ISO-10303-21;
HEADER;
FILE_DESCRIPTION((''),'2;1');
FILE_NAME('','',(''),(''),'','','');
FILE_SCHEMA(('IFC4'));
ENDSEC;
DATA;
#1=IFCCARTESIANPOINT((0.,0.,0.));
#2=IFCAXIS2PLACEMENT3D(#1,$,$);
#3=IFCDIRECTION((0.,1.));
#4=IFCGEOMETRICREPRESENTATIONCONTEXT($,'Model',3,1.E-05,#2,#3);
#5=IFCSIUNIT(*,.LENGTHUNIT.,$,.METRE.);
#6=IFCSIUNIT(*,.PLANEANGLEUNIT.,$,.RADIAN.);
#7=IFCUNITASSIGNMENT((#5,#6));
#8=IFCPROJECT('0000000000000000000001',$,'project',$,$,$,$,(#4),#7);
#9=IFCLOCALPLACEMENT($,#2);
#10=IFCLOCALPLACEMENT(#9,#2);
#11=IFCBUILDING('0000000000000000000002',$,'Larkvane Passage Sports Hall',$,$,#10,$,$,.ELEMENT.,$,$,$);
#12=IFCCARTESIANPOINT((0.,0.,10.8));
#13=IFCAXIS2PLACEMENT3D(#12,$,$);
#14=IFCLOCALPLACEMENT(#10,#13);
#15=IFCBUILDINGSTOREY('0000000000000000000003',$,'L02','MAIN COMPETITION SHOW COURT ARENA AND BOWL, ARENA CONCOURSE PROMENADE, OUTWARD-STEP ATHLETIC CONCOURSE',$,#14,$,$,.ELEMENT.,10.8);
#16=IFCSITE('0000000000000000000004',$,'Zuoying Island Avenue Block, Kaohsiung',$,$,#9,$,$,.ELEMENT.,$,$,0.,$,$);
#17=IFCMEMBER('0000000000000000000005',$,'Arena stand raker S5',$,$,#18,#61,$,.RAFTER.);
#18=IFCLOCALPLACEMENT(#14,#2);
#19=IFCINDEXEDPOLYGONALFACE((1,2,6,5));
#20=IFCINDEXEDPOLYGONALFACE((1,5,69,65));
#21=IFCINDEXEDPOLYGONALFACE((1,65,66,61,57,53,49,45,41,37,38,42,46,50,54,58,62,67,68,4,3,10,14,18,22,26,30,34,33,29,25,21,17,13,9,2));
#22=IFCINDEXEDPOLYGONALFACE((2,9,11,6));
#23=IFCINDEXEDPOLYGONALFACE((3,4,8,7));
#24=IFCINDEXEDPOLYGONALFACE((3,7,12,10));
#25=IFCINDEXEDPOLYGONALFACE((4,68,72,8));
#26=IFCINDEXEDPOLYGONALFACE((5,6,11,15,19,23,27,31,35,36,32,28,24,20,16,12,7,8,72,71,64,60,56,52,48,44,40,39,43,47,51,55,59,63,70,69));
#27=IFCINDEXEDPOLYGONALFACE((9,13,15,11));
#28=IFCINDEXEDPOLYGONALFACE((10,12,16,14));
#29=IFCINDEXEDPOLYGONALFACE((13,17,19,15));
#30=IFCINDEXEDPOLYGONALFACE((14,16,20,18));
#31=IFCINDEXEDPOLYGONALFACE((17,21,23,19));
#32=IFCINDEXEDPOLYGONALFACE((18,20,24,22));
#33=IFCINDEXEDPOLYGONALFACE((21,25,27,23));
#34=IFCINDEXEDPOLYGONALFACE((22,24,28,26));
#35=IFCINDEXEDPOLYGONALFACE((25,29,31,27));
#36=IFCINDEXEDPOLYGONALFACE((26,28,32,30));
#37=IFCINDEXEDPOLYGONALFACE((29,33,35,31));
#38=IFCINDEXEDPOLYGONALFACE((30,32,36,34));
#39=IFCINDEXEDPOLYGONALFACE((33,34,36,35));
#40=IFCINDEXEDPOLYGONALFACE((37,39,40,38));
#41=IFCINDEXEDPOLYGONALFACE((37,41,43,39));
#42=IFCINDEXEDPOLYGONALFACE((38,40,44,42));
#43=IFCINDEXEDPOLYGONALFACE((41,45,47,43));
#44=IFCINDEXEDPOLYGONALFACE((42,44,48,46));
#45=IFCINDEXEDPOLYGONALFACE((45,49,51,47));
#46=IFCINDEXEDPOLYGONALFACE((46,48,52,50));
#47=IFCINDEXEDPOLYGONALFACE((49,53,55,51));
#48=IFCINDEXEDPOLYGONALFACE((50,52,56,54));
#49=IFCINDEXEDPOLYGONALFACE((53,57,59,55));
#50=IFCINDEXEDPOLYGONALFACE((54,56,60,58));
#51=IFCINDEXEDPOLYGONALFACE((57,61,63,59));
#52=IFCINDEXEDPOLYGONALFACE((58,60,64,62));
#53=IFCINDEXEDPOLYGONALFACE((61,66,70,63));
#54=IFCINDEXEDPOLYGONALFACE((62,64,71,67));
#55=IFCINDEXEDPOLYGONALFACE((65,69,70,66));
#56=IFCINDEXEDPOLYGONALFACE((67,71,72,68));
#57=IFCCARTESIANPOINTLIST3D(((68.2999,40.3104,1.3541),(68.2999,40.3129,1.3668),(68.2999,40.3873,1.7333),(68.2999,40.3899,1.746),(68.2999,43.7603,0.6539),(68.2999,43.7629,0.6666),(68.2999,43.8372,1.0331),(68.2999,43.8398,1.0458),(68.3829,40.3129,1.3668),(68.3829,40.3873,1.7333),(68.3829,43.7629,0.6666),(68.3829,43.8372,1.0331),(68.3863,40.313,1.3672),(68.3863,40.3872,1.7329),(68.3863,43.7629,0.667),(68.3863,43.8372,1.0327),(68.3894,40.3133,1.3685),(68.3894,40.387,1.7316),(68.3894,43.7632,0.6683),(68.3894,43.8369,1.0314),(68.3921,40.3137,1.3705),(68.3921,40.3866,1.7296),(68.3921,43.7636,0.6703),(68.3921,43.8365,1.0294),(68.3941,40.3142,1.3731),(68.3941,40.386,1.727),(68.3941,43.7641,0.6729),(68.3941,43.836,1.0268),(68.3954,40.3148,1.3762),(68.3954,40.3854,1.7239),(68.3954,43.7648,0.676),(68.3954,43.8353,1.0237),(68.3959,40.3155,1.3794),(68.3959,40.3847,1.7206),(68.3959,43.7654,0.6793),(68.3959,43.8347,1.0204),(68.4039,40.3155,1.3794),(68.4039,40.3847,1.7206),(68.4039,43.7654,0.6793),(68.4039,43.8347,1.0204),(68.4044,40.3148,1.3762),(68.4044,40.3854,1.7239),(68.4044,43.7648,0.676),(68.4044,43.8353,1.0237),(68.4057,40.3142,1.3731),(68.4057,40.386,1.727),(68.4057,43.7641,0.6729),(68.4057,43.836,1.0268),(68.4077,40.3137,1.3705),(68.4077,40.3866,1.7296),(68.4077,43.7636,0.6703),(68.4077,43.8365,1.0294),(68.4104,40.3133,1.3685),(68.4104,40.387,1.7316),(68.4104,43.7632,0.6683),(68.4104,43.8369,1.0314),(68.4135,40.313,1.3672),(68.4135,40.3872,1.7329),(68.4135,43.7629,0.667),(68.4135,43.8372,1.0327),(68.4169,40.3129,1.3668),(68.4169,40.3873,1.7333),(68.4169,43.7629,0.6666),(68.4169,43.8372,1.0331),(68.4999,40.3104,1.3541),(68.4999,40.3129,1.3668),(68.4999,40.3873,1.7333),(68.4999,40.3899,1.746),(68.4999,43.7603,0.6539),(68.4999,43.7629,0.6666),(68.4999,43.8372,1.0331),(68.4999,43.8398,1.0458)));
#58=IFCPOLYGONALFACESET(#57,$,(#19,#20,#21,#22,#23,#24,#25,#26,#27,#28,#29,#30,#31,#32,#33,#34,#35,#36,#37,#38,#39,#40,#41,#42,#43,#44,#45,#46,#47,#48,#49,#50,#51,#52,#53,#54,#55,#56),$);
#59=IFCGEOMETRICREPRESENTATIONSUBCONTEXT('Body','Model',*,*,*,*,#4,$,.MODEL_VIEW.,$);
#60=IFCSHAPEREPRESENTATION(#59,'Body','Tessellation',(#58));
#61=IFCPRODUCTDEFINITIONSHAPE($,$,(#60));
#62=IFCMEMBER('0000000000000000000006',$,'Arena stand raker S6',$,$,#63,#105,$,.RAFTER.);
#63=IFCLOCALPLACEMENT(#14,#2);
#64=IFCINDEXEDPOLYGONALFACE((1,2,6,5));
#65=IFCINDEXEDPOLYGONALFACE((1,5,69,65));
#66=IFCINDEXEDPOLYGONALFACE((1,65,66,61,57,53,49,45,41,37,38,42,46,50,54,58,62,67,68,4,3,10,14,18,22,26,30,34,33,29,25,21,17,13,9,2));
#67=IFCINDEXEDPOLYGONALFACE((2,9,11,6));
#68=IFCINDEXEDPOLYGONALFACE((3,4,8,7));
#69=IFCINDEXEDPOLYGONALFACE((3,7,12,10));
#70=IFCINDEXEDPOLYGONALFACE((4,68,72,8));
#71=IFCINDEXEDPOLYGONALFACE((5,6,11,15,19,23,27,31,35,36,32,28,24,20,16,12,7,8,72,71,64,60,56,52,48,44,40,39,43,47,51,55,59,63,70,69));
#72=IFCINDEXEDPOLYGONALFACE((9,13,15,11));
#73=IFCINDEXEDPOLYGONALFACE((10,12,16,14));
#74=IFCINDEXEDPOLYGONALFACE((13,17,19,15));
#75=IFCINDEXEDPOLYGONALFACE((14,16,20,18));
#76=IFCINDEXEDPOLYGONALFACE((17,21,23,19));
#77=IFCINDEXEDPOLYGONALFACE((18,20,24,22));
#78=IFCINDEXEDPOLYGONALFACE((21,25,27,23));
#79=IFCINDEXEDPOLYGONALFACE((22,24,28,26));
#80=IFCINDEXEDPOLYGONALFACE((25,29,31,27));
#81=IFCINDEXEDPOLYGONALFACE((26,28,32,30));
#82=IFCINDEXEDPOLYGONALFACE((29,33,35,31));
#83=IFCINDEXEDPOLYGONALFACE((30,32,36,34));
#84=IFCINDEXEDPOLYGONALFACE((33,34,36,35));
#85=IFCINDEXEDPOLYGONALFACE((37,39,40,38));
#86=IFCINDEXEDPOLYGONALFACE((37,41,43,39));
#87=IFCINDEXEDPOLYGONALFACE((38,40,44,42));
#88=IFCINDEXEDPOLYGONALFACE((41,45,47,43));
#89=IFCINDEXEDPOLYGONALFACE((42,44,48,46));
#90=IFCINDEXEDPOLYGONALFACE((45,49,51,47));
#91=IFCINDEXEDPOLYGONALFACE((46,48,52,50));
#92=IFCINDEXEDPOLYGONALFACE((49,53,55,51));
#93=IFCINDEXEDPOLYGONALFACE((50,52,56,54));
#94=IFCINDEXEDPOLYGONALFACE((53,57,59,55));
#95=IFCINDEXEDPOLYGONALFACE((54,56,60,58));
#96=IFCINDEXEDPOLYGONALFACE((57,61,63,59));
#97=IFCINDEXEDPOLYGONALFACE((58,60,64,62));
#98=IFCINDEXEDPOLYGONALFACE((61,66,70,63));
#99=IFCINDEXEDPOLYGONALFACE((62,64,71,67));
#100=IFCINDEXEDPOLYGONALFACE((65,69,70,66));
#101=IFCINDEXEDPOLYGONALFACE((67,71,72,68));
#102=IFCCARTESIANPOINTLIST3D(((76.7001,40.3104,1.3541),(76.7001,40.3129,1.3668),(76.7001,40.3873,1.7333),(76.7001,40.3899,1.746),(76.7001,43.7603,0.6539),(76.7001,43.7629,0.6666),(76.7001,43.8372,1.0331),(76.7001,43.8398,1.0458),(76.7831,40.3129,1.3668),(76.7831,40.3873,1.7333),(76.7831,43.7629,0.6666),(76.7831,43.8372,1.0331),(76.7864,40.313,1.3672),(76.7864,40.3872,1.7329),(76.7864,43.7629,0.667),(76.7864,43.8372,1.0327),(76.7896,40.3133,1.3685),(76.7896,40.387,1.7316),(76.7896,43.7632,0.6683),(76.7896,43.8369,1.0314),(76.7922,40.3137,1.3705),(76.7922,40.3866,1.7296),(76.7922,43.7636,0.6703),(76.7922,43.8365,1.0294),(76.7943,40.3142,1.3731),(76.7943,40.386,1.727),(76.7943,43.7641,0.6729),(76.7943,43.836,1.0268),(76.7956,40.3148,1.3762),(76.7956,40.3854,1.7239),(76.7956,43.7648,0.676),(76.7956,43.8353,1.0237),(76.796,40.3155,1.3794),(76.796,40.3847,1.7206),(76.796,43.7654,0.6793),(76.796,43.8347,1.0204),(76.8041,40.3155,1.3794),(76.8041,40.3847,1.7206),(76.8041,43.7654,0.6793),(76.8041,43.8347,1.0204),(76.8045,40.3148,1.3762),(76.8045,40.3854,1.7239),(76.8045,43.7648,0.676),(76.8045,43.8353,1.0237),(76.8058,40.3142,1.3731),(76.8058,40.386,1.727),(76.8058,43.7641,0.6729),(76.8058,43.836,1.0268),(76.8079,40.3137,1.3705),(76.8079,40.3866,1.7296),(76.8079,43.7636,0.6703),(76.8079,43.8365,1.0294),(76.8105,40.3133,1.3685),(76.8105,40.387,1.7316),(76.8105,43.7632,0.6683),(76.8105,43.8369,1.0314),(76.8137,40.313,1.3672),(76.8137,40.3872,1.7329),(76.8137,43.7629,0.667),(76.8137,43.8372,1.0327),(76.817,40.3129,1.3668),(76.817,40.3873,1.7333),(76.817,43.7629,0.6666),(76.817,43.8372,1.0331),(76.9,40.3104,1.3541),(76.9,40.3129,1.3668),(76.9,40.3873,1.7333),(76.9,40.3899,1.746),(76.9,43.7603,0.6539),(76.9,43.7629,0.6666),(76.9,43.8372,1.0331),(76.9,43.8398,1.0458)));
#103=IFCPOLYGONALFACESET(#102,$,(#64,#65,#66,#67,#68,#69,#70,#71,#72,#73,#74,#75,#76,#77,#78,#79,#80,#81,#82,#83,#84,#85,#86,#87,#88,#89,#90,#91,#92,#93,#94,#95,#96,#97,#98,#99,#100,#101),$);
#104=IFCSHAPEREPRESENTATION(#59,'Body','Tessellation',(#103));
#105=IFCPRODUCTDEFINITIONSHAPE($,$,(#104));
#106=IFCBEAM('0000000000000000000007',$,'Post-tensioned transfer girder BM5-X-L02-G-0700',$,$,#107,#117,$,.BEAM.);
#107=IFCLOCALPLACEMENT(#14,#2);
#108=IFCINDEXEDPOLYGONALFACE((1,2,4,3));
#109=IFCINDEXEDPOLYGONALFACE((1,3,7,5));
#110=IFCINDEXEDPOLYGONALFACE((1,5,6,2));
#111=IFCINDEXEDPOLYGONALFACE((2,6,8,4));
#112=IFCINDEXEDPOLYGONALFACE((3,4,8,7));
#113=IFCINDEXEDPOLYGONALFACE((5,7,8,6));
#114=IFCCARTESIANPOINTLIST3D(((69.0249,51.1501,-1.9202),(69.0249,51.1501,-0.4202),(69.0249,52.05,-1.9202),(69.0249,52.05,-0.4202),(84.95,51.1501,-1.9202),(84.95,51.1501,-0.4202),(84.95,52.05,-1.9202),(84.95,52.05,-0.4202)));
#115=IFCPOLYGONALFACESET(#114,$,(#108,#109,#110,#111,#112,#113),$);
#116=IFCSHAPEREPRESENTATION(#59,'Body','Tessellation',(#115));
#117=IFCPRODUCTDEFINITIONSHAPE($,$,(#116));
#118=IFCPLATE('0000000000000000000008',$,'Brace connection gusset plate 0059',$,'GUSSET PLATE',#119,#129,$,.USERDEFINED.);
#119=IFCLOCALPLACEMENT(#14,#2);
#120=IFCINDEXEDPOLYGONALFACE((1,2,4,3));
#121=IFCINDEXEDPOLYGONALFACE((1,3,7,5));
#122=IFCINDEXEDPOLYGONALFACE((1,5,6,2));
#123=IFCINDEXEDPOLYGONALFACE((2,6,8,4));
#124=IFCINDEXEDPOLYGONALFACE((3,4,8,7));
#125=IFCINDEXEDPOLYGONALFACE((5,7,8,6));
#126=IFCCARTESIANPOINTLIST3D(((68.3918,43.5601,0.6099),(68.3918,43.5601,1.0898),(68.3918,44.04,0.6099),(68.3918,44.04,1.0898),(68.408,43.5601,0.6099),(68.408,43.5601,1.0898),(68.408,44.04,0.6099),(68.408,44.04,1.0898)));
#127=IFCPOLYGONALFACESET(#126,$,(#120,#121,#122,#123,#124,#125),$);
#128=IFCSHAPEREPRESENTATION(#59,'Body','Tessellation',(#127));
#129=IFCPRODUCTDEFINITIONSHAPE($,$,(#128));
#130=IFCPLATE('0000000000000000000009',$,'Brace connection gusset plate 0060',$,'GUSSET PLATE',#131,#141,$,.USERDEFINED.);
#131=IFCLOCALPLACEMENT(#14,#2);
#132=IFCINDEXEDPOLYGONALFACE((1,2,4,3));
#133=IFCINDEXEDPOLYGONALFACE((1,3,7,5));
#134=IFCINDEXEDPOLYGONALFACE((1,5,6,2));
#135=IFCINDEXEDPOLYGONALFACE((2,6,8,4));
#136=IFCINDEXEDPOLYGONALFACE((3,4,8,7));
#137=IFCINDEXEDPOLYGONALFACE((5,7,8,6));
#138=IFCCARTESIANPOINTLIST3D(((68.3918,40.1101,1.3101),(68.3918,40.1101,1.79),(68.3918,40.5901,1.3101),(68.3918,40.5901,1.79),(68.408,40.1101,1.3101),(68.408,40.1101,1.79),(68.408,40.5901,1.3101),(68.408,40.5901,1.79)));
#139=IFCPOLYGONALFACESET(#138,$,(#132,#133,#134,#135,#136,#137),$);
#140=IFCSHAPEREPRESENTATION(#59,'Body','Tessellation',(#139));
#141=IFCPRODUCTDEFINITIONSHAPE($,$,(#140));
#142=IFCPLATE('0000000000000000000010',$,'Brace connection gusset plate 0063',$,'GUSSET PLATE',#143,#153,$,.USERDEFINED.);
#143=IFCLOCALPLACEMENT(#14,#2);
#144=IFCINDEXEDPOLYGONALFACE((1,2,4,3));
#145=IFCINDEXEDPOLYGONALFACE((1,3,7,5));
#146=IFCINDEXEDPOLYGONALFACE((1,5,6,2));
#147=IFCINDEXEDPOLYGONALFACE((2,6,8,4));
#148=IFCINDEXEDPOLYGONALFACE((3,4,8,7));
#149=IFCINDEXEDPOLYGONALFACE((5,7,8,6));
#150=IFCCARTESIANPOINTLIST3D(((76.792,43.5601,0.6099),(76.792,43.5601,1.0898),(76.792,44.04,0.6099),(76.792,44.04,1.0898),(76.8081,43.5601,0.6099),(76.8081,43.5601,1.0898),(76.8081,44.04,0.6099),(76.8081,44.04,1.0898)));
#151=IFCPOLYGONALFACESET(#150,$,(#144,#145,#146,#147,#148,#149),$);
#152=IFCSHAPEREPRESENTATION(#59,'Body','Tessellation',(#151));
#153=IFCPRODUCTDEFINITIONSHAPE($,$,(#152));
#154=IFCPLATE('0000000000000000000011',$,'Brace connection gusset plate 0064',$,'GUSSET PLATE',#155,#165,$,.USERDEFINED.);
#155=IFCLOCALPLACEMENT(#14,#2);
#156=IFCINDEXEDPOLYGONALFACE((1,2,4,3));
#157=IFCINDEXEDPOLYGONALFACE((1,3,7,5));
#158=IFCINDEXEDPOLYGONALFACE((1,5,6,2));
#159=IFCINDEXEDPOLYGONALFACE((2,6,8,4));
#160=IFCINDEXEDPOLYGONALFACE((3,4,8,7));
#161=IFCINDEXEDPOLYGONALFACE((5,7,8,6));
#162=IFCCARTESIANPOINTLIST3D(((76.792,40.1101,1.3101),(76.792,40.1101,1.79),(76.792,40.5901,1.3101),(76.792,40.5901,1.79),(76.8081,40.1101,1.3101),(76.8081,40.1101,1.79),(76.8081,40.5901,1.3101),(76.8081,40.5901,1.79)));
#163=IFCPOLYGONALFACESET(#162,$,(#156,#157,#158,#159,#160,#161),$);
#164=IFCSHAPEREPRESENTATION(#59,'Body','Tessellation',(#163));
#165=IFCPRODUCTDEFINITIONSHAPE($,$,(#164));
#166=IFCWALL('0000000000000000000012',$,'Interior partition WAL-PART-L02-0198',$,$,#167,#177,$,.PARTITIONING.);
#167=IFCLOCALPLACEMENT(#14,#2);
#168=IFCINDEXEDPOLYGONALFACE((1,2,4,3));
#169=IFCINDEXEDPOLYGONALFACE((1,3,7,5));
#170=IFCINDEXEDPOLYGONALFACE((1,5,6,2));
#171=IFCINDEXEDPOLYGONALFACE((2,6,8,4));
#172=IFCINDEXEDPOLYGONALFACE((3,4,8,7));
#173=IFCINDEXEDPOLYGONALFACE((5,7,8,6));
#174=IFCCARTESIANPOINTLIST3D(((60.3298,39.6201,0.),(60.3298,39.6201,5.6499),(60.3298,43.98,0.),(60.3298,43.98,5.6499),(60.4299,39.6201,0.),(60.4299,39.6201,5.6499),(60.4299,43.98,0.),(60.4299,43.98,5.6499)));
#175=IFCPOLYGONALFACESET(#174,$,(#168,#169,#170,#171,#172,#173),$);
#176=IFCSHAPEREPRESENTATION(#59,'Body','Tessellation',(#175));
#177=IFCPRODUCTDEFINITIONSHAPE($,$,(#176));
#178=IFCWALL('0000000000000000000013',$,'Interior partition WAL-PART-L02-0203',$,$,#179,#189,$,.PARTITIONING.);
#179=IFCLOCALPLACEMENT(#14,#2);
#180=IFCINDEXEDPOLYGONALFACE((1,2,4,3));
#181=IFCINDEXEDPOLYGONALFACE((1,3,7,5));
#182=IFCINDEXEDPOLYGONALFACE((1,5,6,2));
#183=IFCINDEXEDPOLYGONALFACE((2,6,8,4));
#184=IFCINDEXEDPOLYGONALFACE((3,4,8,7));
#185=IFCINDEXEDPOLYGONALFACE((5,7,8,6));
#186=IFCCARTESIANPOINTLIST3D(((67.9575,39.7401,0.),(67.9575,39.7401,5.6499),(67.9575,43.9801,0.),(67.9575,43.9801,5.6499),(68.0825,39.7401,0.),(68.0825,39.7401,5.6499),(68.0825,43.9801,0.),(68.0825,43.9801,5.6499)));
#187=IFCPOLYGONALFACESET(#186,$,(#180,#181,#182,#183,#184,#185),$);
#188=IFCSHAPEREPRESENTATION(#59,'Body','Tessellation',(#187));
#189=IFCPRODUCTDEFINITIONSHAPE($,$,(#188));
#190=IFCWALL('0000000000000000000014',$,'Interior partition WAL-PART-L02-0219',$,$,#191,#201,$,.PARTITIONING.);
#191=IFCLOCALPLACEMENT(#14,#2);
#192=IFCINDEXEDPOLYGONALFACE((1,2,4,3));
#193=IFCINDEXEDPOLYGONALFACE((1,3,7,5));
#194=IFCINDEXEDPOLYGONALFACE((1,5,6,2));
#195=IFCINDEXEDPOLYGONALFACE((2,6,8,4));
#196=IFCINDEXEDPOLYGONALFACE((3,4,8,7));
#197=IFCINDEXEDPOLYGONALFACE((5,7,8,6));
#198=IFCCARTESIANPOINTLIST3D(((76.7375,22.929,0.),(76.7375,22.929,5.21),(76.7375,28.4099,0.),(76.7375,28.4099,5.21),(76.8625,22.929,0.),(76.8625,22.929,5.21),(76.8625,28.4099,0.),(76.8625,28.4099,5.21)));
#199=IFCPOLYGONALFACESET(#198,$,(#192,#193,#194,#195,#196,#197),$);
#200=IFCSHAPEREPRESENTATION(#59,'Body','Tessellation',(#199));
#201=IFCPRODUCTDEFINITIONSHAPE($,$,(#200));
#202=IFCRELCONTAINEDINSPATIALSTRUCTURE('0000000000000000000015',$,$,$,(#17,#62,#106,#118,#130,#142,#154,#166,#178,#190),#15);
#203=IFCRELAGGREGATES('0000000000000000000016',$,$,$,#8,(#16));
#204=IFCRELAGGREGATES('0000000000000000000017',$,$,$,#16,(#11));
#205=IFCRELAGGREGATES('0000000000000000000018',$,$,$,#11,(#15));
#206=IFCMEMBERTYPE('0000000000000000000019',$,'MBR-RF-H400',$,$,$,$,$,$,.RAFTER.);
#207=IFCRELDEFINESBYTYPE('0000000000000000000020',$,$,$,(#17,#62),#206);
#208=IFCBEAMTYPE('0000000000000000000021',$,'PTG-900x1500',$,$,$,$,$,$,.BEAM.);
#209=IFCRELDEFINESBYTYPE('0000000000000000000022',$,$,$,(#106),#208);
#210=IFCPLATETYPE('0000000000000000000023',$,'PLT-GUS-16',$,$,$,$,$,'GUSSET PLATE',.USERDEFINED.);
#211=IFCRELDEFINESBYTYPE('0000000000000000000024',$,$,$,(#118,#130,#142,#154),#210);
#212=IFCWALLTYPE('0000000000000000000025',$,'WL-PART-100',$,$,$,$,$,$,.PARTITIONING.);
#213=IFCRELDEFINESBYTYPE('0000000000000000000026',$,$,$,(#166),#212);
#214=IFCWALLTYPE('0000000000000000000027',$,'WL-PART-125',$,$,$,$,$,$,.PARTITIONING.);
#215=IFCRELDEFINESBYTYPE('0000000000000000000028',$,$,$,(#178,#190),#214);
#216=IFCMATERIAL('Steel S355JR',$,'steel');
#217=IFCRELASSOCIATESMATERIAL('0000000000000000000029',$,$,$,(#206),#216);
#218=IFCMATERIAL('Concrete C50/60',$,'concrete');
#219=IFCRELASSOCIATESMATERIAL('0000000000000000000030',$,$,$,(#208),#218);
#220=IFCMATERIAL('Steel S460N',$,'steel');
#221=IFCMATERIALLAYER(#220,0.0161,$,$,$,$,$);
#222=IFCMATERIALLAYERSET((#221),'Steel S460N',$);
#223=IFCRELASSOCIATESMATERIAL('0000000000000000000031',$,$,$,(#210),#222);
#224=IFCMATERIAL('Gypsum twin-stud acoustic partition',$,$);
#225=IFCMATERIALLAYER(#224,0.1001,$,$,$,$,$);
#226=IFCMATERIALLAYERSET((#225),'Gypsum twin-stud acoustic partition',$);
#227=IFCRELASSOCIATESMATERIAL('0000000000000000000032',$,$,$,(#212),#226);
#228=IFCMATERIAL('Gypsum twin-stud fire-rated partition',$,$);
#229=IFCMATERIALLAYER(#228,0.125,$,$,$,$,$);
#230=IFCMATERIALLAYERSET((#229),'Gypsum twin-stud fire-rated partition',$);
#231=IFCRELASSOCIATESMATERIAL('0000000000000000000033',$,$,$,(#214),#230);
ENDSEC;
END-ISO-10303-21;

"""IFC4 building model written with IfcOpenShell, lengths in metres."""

from ifc_helpers import new_model, si_unit, direction, frame, frame_2d, origin, origin_2d, place, context, subcontext, project, spatial, rectangle, i_section, extrude, material, layer, layer_set, material_profile, profile_set, type_object, element, save


model = new_model("IFC4")

# Units and contexts
model_context = context("Model", 3, precision=1e-05, world=origin(), true_north=direction((0.0, 1.0)))
body_context = subcontext(model_context, "Body", "Model", "MODEL_VIEW")
ifc_project = project(units=[si_unit("LENGTHUNIT", "METRE"), si_unit("PLANEANGLEUNIT", "RADIAN")], contexts=[model_context])

# Site, building, storey
site_placement = place(None, origin())
site = spatial("IfcSite", under=ifc_project, at=site_placement, Name="Zuoying Island Avenue Block, Kaohsiung", CompositionType="ELEMENT", RefElevation=0.0)
building_placement = place(site_placement, origin())
building = spatial("IfcBuilding", under=site, at=building_placement, Name="Larkvane Passage Sports Hall", CompositionType="ELEMENT")
storey_placement = place(building_placement, frame((0.0, 0.0, 10.8)))
storey = spatial("IfcBuildingStorey", under=building, at=storey_placement, Name="L02", Description="MAIN COMPETITION SHOW COURT ARENA AND BOWL, ARENA CONCOURSE PROMENADE, OUTWARD-STEP ATHLETIC CONCOURSE", CompositionType="ELEMENT", Elevation=10.8)

# Shared definitions
ifc_material_1 = material(Name="Steel S355JR", Category="steel")

# Shared definitions
ifc_material_2 = material(Name="Steel S460N", Category="steel")

# Members
ifc_material_profile_1 = material_profile(ifc_material_1, i_section(OverallWidth=0.2, OverallDepth=0.3999, WebThickness=0.0081, FlangeThickness=0.0129, FilletRadius=0.0129, at=origin_2d()), Name="H-400x200x8x13")
ifc_profile_set_1 = profile_set([ifc_material_profile_1], Name="Steel S355JR")
member_type = type_object("IfcMemberType", Name="MBR-RF-H400", PredefinedType="RAFTER", material=ifc_profile_set_1)
for number, where, z_axis, x_axis, name in (
    (1, (68.3999, 43.8, 0.8499), (0.0, -0.980019, 0.198903), (1.0, 0.0, 0.0), "Arena stand raker S5"),
    (2, (76.8, 43.8, 0.8499), (0.0, -0.980019, 0.198903), (1.0, 0.0, 0.0), "Arena stand raker S6"),
):
    element("IfcMember", number, at=place(storey_placement, frame(where, z_axis=z_axis, x_axis=x_axis)), inside=storey, type_object=member_type, Name=name, PredefinedType="RAFTER", context=body_context, shape_type="SweptSolid", body=[
        extrude(i_section(OverallWidth=0.2, OverallDepth=0.3999, WebThickness=0.0081, FlangeThickness=0.0129, FilletRadius=0.0129, at=origin_2d()), origin(), (0.0, 0.0, 1.0), 3.5203),
    ])

# Beam
ifc_material_3 = material(Name="Concrete C50/60", Category="concrete")
ifc_material_profile_2 = material_profile(ifc_material_3, rectangle(XDim=0.8999, YDim=1.5, at=origin_2d()), Name="PT-GIR-900x1500")
ifc_profile_set_2 = profile_set([ifc_material_profile_2], Name="Concrete C50/60")
beam_type_1 = type_object("IfcBeamType", Name="PTG-900x1500", PredefinedType="BEAM", material=ifc_profile_set_2)
beam_1_placement = place(storey_placement, frame((69.0249, 51.6001, -1.1702), z_axis=(1.0, 0.0, 0.0), x_axis=(0.0, 1.0, 0.0)))
element("IfcBeam", 3, at=beam_1_placement, inside=storey, type_object=beam_type_1, Name="Post-tensioned transfer girder BM5-X-L02-G-0700", PredefinedType="BEAM", context=body_context, shape_type="SweptSolid", body=[
    extrude(rectangle(XDim=0.8999, YDim=1.5, at=origin_2d()), origin(), (0.0, 0.0, 1.0), 15.925),
])

# Plates
ifc_layer_1 = layer(ifc_material_2, 0.0161)
ifc_layer_set_1 = layer_set([ifc_layer_1], Name="Steel S460N")
plate_type = type_object("IfcPlateType", Name="PLT-GUS-16", ElementType="GUSSET PLATE", PredefinedType="USERDEFINED", material=ifc_layer_set_1)
for number, where, z_axis, x_axis, name in (
    (4, (68.3999, 43.8, 0.6099), (0.0, 0.0, 1.0), (0.0, -1.0, 0.0), "Brace connection gusset plate 0059"),
    (5, (68.3999, 40.3501, 1.3101), (0.0, 0.0, 1.0), (0.0, -1.0, 0.0), "Brace connection gusset plate 0060"),
    (6, (76.8, 43.8, 0.6099), (0.0, 0.0, 1.0), (0.0, -1.0, 0.0), "Brace connection gusset plate 0063"),
    (7, (76.8, 40.3501, 1.3101), (0.0, 0.0, 1.0), (0.0, -1.0, 0.0), "Brace connection gusset plate 0064"),
):
    element("IfcPlate", number, at=place(storey_placement, frame(where, z_axis=z_axis, x_axis=x_axis)), inside=storey, type_object=plate_type, Name=name, ObjectType="GUSSET PLATE", PredefinedType="USERDEFINED", context=body_context, shape_type="SweptSolid", body=[
        extrude(rectangle(XDim=0.48, YDim=0.0161, at=origin_2d()), origin(), (0.0, 0.0, 1.0), 0.48),
    ])

# Walls
ifc_material_4 = material(Name="Gypsum twin-stud acoustic partition")
ifc_layer_2 = layer(ifc_material_4, 0.1001)
ifc_layer_set_2 = layer_set([ifc_layer_2], Name="Gypsum twin-stud acoustic partition")
wall_type_1 = type_object("IfcWallType", Name="WL-PART-100", PredefinedType="PARTITIONING", material=ifc_layer_set_2)
wall_1_placement = place(storey_placement, frame((60.3799, 43.98, 0.0), z_axis=(0.0, 0.0, 1.0), x_axis=(0.0, -1.0, 0.0)))
element("IfcWall", 8, at=wall_1_placement, inside=storey, type_object=wall_type_1, Name="Interior partition WAL-PART-L02-0198", PredefinedType="PARTITIONING", context=body_context, shape_type="SweptSolid", body=[
    extrude(rectangle(XDim=4.3599, YDim=0.1001, at=frame_2d((2.1799, 0.0))), origin(), (0.0, 0.0, 1.0), 5.6499),
])
ifc_material_5 = material(Name="Gypsum twin-stud fire-rated partition")
ifc_layer_3 = layer(ifc_material_5, 0.125)
ifc_layer_set_3 = layer_set([ifc_layer_3], Name="Gypsum twin-stud fire-rated partition")
wall_type_2 = type_object("IfcWallType", Name="WL-PART-125", PredefinedType="PARTITIONING", material=ifc_layer_set_3)
wall_2_placement = place(storey_placement, frame((68.02, 39.74, 0.0), z_axis=(0.0, 0.0, 1.0), x_axis=(0.0, 1.0, 0.0)))
element("IfcWall", 9, at=wall_2_placement, inside=storey, type_object=wall_type_2, Name="Interior partition WAL-PART-L02-0203", PredefinedType="PARTITIONING", context=body_context, shape_type="SweptSolid", body=[
    extrude(rectangle(XDim=4.24, YDim=0.125, at=frame_2d((2.1201, 0.0))), origin(), (0.0, 0.0, 1.0), 5.6499),
])
wall_3_placement = place(storey_placement, frame((76.8, 28.4099, 0.0), z_axis=(0.0, 0.0, 1.0), x_axis=(0.0, -1.0, 0.0)))
element("IfcWall", 10, at=wall_3_placement, inside=storey, type_object=wall_type_2, Name="Interior partition WAL-PART-L02-0219", PredefinedType="PARTITIONING", context=body_context, shape_type="SweptSolid", body=[
    extrude(rectangle(XDim=5.481, YDim=0.125, at=frame_2d((2.7405, 0.0))), origin(), (0.0, 0.0, 1.0), 5.21),
])

save(model, "model.ifc")
